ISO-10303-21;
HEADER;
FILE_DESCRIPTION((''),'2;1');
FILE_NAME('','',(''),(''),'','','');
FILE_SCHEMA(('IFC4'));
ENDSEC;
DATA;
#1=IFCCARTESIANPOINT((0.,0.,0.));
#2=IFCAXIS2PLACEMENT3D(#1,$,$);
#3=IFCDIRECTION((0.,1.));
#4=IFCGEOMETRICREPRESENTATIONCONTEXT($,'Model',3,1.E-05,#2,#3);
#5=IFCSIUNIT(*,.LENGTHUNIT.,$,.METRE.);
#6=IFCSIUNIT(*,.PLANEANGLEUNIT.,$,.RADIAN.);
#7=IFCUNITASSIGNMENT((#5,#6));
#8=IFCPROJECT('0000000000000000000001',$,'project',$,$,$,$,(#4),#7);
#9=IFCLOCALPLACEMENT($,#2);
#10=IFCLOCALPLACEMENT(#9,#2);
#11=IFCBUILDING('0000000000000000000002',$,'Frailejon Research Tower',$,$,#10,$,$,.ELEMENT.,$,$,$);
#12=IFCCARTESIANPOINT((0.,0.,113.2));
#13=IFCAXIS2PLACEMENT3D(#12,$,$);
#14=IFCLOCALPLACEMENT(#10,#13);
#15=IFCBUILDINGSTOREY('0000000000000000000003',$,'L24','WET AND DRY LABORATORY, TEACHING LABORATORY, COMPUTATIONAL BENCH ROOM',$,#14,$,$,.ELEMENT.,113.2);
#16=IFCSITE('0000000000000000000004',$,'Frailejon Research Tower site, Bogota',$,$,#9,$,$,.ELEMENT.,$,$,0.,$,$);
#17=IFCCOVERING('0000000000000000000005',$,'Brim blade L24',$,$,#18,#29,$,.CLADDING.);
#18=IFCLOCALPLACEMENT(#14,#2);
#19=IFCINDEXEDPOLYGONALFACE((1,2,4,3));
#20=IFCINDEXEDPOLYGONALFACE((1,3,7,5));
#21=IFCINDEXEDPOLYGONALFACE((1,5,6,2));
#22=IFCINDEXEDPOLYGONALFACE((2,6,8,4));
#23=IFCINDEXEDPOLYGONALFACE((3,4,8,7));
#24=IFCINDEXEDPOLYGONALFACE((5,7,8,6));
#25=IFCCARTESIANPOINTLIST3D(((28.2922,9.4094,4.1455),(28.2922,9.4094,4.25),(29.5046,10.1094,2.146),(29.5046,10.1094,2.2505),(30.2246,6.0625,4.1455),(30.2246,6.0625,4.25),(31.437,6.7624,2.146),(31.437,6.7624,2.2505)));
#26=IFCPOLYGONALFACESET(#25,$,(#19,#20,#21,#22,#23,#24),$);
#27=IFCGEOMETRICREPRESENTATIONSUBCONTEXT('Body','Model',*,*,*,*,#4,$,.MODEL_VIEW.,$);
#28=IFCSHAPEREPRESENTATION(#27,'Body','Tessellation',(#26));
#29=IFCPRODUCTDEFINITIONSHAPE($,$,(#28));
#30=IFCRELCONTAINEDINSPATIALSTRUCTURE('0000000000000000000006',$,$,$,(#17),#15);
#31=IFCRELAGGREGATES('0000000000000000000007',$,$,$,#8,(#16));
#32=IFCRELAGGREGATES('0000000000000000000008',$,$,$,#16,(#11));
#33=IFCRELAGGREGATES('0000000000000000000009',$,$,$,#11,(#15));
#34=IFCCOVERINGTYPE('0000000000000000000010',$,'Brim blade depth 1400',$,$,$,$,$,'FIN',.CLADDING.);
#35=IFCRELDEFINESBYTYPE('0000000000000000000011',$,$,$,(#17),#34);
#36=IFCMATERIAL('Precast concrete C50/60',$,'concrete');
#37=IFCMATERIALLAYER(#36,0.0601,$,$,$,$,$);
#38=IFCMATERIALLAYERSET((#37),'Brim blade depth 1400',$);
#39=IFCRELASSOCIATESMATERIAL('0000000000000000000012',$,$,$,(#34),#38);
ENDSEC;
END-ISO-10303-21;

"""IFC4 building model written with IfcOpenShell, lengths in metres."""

from ifc_helpers import new_model, si_unit, direction, frame, origin, place, context, subcontext, project, spatial, polyline, outline, extrude, material, layer, layer_set, type_object, element, save


model = new_model("IFC4")

# Units and contexts
model_context = context("Model", 3, precision=1e-05, world=origin(), true_north=direction((0.0, 1.0)))
body_context = subcontext(model_context, "Body", "Model", "MODEL_VIEW")
ifc_project = project(units=[si_unit("LENGTHUNIT", "METRE"), si_unit("PLANEANGLEUNIT", "RADIAN")], contexts=[model_context])

# Site, building, storey
site_placement = place(None, origin())
site = spatial("IfcSite", under=ifc_project, at=site_placement, Name="Frailejon Research Tower site, Bogota", CompositionType="ELEMENT", RefElevation=0.0)
building_placement = place(site_placement, origin())
building = spatial("IfcBuilding", under=site, at=building_placement, Name="Frailejon Research Tower", CompositionType="ELEMENT")
storey_placement = place(building_placement, frame((0.0, 0.0, 113.2)))
storey = spatial("IfcBuildingStorey", under=building, at=storey_placement, Name="L24", Description="WET AND DRY LABORATORY, TEACHING LABORATORY, COMPUTATIONAL BENCH ROOM", CompositionType="ELEMENT", Elevation=113.2)

# Covering
ifc_material_1 = material(Name="Precast concrete C50/60", Category="concrete")
ifc_layer_1 = layer(ifc_material_1, 0.0601)
ifc_layer_set_1 = layer_set([ifc_layer_1], Name="Brim blade depth 1400")
covering_type = type_object("IfcCoveringType", Name="Brim blade depth 1400", ElementType="FIN", PredefinedType="CLADDING", material=ifc_layer_set_1)
covering_placement = place(storey_placement, frame((28.2922, 9.4094, 4.25), z_axis=(0.500002, -0.866024, 0.0), x_axis=(0.866024, 0.500002, 0.0)))
element("IfcCovering", 1, at=covering_placement, inside=storey, type_object=covering_type, Name="Brim blade L24", PredefinedType="CLADDING", context=body_context, shape_type="SweptSolid", body=[
    extrude(outline(polyline([(0.0, -0.1045), (1.3999, -2.104), (1.3999, -1.9995), (0.0, 0.0), (0.0, -0.1045)])), origin(), (0.0, 0.0, 1.0), 3.8647),
])

save(model, "model.ifc")
